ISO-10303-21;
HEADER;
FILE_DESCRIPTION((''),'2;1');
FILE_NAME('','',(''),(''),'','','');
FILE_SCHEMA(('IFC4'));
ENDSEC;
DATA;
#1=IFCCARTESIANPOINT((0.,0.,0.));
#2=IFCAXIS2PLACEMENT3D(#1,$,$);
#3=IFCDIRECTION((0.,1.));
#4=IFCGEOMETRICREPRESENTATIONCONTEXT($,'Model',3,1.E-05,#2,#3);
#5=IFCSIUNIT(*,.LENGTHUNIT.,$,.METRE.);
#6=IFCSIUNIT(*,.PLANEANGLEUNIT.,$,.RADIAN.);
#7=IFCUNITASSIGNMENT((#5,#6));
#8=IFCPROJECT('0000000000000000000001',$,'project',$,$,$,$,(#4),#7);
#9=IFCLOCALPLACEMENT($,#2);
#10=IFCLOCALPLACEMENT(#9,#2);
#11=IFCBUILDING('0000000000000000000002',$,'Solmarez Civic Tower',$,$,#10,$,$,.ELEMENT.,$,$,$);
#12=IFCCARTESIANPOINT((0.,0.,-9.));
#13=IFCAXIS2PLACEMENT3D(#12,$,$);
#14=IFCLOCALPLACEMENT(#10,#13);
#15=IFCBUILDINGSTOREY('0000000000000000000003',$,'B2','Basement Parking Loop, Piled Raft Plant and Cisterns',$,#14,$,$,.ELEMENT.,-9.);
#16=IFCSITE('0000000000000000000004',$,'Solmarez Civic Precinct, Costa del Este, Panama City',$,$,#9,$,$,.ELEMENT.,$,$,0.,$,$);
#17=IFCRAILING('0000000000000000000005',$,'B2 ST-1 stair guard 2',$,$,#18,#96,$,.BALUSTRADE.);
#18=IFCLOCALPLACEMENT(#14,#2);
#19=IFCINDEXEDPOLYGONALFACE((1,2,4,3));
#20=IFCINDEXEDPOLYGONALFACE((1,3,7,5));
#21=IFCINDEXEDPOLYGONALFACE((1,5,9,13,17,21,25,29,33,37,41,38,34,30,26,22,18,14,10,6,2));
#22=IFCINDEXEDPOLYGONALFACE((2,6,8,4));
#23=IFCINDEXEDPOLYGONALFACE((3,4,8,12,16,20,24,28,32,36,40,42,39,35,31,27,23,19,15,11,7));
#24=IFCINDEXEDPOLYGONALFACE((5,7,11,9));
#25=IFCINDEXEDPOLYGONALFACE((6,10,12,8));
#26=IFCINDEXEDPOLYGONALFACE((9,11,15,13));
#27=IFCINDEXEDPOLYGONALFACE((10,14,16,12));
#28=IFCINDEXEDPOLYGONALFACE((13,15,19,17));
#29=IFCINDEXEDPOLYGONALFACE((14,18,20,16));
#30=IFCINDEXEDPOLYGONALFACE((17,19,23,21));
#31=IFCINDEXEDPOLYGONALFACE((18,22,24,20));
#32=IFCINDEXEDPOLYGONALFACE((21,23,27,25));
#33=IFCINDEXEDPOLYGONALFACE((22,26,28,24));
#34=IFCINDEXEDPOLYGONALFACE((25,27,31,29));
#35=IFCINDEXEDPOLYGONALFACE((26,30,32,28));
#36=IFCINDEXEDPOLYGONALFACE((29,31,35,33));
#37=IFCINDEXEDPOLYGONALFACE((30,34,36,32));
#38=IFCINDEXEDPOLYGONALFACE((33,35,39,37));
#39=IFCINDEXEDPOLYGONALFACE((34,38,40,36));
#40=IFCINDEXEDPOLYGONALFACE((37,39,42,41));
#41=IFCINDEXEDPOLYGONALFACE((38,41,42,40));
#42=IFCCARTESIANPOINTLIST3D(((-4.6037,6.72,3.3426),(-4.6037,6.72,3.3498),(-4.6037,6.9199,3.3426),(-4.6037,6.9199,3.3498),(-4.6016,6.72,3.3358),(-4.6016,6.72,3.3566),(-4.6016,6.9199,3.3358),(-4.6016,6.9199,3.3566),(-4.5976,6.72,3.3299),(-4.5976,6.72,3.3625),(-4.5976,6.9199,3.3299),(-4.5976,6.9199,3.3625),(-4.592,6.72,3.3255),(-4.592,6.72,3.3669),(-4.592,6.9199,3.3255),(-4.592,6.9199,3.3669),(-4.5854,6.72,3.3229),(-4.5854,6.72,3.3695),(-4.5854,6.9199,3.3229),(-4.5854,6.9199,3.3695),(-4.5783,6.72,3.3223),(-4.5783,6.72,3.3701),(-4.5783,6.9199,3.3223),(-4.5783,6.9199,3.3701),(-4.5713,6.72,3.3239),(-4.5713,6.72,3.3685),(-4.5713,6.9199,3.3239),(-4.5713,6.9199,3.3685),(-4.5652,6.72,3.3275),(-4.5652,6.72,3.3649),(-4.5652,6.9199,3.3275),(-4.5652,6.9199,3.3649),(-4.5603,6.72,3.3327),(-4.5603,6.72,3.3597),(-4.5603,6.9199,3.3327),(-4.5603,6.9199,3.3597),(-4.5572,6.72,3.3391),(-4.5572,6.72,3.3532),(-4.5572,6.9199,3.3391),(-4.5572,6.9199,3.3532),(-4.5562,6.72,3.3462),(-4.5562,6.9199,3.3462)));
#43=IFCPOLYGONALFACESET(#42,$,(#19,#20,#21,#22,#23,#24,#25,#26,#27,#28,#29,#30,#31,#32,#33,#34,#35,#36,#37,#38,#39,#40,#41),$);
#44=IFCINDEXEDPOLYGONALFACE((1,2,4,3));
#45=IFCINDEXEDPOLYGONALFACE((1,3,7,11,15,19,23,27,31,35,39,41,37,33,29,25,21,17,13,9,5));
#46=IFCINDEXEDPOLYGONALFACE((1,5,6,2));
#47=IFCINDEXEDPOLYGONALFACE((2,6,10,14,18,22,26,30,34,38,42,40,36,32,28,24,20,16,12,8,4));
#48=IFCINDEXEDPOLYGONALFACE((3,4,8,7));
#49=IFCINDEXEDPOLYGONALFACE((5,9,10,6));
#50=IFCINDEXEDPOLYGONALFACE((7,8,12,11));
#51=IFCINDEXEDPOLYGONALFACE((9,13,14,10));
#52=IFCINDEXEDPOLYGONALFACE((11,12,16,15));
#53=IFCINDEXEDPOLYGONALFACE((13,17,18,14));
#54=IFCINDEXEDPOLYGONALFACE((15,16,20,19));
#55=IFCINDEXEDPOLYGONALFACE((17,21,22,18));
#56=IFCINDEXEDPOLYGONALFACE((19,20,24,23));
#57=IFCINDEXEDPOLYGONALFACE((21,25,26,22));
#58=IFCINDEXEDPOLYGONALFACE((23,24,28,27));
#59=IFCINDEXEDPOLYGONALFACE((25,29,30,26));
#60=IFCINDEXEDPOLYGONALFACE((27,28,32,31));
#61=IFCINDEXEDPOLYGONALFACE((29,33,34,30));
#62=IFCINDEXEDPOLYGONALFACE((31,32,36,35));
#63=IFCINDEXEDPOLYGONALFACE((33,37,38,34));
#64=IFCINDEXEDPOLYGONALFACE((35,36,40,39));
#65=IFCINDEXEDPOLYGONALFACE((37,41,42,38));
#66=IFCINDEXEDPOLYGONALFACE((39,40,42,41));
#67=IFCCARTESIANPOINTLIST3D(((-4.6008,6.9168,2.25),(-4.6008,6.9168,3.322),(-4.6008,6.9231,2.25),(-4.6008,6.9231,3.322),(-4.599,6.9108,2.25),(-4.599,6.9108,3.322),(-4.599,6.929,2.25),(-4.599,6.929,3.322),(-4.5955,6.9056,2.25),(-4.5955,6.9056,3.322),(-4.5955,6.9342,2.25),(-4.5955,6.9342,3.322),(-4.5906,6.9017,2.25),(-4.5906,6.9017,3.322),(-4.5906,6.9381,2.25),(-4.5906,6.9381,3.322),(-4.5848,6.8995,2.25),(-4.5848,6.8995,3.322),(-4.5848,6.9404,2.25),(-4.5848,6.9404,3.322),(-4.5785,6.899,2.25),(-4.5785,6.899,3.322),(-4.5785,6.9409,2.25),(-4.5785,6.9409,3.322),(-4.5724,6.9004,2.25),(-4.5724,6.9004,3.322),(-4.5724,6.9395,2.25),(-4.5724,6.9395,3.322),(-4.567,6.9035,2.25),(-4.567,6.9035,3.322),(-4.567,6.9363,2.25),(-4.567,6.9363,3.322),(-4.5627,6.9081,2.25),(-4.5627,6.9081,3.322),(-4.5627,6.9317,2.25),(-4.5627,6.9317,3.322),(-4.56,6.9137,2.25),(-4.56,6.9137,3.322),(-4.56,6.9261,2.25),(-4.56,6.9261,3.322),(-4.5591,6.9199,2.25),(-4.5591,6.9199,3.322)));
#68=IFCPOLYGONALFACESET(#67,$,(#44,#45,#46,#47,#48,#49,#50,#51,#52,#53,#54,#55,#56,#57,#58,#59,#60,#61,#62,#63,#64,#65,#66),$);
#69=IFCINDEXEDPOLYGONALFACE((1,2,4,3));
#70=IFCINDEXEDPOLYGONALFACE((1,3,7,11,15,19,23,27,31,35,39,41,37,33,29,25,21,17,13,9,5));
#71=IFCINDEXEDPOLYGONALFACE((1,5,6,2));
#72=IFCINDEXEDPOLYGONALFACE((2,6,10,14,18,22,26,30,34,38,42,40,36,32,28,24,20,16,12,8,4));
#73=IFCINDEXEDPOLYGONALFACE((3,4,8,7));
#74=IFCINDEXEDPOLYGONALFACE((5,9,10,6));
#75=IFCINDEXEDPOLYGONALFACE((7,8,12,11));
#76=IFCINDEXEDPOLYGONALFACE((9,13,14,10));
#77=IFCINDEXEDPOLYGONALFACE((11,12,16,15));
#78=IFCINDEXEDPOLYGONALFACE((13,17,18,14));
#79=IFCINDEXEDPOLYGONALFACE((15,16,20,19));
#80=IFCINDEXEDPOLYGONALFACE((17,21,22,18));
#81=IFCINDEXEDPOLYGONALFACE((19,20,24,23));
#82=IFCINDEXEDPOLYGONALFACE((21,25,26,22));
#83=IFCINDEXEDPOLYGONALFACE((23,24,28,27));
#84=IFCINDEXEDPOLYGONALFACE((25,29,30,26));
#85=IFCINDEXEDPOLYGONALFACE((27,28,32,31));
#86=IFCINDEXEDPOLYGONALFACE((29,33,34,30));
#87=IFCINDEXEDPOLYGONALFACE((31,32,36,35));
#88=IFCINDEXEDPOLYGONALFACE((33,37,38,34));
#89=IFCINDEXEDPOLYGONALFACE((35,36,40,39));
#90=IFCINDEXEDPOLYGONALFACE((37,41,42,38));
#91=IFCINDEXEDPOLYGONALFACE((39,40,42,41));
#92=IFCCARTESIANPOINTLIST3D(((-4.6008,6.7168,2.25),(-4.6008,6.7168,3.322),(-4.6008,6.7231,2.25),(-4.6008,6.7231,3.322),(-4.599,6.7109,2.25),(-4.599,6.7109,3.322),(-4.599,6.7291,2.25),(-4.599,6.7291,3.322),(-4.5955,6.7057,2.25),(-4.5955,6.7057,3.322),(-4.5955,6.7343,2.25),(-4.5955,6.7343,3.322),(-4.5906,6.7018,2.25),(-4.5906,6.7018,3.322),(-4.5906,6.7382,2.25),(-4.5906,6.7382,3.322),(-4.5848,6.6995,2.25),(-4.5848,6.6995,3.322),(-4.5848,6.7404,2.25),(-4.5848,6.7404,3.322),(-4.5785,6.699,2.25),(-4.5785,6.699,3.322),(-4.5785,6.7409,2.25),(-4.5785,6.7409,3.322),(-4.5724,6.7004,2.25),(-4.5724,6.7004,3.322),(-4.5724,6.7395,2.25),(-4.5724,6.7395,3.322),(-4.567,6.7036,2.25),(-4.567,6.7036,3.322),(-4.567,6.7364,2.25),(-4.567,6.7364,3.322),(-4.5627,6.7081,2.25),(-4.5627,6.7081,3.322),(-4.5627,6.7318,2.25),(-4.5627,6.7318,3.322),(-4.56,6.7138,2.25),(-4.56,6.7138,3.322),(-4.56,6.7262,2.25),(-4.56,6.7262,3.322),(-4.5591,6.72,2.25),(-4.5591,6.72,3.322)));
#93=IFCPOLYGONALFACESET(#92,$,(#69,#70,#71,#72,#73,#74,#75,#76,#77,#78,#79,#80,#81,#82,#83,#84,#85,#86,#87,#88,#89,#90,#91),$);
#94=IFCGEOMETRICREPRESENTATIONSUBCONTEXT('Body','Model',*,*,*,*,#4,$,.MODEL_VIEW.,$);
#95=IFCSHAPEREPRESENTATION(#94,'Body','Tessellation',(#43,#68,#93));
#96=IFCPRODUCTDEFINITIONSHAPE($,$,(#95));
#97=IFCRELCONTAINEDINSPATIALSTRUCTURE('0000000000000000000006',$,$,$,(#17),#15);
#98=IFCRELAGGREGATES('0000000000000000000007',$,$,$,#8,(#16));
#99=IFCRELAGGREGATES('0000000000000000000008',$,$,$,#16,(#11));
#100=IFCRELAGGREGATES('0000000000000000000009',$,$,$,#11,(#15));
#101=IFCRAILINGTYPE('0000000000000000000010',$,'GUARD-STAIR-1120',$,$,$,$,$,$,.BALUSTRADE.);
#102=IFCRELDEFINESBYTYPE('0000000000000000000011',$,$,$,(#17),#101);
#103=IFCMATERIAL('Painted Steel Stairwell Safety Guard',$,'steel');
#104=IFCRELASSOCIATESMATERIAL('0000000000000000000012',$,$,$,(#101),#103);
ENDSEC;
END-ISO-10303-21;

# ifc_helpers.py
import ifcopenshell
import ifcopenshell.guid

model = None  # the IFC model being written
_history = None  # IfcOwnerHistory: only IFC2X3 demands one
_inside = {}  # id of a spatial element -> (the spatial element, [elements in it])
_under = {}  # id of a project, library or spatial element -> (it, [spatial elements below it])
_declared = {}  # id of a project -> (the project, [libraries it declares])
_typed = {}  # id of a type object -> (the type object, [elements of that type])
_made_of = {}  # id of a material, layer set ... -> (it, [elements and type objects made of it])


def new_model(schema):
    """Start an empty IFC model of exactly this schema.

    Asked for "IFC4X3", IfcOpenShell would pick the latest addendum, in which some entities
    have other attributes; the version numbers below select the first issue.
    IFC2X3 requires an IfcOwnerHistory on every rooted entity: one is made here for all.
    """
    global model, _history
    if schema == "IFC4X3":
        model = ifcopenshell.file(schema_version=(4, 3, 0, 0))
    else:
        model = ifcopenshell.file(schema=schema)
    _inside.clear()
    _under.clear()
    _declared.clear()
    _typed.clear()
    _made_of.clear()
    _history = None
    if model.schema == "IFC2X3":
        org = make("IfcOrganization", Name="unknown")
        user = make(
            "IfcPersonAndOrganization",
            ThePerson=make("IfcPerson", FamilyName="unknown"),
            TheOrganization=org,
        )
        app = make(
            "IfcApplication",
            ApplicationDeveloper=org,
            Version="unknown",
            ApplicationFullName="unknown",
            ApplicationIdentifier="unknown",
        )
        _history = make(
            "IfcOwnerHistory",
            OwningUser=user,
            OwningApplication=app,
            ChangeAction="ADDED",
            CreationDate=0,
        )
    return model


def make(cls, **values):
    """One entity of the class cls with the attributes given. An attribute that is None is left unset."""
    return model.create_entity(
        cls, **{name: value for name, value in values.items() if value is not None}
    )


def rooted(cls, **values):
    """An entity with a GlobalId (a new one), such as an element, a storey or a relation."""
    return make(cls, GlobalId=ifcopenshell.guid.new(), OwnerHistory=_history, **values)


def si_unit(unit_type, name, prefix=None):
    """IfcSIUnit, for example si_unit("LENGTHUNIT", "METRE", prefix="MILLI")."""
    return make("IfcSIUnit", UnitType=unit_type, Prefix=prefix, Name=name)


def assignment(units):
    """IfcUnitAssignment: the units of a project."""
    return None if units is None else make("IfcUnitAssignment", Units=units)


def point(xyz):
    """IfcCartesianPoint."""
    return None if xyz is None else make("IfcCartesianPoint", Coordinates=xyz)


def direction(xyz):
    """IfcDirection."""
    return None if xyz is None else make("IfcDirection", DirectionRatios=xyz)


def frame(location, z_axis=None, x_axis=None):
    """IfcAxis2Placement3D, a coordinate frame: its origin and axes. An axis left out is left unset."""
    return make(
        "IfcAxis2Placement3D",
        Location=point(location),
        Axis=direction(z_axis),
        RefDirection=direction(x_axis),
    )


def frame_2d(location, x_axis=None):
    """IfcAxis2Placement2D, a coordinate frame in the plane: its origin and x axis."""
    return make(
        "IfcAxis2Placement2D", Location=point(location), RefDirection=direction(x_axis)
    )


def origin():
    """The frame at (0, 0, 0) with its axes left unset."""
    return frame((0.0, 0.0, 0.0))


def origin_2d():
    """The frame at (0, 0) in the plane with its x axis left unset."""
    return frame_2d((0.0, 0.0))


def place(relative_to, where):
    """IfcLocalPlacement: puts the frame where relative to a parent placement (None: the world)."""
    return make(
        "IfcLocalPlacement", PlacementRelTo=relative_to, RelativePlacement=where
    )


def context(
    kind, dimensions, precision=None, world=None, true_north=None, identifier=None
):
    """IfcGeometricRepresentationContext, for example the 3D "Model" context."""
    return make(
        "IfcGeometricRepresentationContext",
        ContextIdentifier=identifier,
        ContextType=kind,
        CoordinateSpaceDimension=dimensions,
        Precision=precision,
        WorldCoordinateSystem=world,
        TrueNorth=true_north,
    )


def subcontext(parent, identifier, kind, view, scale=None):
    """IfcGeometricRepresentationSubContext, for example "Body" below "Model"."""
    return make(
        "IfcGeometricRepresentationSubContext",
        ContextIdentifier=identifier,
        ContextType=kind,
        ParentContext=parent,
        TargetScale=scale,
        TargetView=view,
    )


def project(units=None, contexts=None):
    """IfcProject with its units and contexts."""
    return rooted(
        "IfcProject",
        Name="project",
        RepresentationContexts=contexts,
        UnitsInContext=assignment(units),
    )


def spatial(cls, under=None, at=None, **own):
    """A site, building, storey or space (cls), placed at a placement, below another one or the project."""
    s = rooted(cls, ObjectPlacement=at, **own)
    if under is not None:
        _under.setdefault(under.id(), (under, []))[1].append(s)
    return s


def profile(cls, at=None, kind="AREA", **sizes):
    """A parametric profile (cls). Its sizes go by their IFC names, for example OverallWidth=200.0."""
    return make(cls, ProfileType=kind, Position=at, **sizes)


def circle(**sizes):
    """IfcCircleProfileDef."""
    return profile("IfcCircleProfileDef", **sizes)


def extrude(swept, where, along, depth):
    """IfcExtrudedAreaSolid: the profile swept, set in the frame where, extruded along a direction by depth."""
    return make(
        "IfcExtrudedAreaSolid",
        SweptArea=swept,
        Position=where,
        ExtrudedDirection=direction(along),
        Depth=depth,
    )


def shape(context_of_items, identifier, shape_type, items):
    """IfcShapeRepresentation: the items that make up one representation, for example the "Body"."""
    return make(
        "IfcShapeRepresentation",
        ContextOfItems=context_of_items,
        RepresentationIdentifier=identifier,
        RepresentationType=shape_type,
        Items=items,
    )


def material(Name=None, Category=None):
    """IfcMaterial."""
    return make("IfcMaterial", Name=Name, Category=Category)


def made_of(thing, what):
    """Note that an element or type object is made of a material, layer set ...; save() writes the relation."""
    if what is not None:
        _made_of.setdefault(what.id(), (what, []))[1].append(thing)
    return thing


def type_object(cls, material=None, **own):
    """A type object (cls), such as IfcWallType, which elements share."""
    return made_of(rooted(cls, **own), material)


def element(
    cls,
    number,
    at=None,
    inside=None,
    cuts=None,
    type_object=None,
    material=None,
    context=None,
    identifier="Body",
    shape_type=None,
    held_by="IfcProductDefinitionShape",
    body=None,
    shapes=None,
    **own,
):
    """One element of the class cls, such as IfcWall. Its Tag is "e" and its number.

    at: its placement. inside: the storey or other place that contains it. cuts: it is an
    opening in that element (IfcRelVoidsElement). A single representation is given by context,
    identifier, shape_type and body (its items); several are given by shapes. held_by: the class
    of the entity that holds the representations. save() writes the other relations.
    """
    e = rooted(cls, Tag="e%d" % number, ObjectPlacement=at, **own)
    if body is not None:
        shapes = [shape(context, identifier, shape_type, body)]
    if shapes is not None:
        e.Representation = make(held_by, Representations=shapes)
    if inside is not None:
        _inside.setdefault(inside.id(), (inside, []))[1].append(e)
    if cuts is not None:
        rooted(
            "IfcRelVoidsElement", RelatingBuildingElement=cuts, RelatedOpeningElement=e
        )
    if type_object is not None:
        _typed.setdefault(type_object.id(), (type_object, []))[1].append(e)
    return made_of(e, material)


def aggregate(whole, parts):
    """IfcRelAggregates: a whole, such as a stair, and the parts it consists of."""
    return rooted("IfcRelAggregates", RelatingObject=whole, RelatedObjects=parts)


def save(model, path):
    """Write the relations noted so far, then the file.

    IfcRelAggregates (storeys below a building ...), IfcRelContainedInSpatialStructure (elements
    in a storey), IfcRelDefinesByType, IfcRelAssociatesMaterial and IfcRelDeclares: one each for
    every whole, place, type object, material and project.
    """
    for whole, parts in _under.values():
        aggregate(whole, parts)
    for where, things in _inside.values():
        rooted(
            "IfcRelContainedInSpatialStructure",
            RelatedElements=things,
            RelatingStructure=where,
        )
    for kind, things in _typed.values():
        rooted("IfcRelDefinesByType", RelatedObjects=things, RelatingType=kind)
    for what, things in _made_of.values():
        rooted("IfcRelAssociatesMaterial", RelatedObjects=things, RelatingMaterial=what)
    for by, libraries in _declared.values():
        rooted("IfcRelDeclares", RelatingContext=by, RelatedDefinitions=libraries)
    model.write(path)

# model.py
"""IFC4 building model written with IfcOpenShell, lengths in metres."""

from ifc_helpers import new_model, si_unit, direction, frame, origin, origin_2d, place, context, subcontext, project, spatial, circle, extrude, material, type_object, element, save


model = new_model("IFC4")

# Units and contexts
model_context = context("Model", 3, precision=1e-05, world=origin(), true_north=direction((0.0, 1.0)))
body_context = subcontext(model_context, "Body", "Model", "MODEL_VIEW")
ifc_project = project(units=[si_unit("LENGTHUNIT", "METRE"), si_unit("PLANEANGLEUNIT", "RADIAN")], contexts=[model_context])

# Site, building, storey
site_placement = place(None, origin())
site = spatial("IfcSite", under=ifc_project, at=site_placement, Name="Solmarez Civic Precinct, Costa del Este, Panama City", CompositionType="ELEMENT", RefElevation=0.0)
building_placement = place(site_placement, origin())
building = spatial("IfcBuilding", under=site, at=building_placement, Name="Solmarez Civic Tower", CompositionType="ELEMENT")
storey_placement = place(building_placement, frame((0.0, 0.0, -9.0)))
storey = spatial("IfcBuildingStorey", under=building, at=storey_placement, Name="B2", Description="Basement Parking Loop, Piled Raft Plant and Cisterns", CompositionType="ELEMENT", Elevation=-9.0)

# Railing
ifc_material_1 = material(Name="Painted Steel Stairwell Safety Guard", Category="steel")
railing_type_1 = type_object("IfcRailingType", Name="GUARD-STAIR-1120", PredefinedType="BALUSTRADE", material=ifc_material_1)
railing_1_placement = place(storey_placement, frame((-4.5801, 6.9199, 2.25)))
element("IfcRailing", 1, at=railing_1_placement, inside=storey, type_object=railing_type_1, Name="B2 ST-1 stair guard 2", PredefinedType="BALUSTRADE", context=body_context, shape_type="SweptSolid", body=[
    extrude(circle(Radius=0.0239, at=origin_2d()), frame((0.0, 0.0, 1.0962), z_axis=(0.0, -1.0, 0.0), x_axis=(1.0, 0.0, 0.0)), (0.0, 0.0, 1.0), 0.2),
    extrude(circle(Radius=0.021, at=origin_2d()), origin(), (0.0, 0.0, 1.0), 1.072),
    extrude(circle(Radius=0.021, at=origin_2d()), frame((0.0, -0.2, 0.0)), (0.0, 0.0, 1.0), 1.072),
])

save(model, "model.ifc")
